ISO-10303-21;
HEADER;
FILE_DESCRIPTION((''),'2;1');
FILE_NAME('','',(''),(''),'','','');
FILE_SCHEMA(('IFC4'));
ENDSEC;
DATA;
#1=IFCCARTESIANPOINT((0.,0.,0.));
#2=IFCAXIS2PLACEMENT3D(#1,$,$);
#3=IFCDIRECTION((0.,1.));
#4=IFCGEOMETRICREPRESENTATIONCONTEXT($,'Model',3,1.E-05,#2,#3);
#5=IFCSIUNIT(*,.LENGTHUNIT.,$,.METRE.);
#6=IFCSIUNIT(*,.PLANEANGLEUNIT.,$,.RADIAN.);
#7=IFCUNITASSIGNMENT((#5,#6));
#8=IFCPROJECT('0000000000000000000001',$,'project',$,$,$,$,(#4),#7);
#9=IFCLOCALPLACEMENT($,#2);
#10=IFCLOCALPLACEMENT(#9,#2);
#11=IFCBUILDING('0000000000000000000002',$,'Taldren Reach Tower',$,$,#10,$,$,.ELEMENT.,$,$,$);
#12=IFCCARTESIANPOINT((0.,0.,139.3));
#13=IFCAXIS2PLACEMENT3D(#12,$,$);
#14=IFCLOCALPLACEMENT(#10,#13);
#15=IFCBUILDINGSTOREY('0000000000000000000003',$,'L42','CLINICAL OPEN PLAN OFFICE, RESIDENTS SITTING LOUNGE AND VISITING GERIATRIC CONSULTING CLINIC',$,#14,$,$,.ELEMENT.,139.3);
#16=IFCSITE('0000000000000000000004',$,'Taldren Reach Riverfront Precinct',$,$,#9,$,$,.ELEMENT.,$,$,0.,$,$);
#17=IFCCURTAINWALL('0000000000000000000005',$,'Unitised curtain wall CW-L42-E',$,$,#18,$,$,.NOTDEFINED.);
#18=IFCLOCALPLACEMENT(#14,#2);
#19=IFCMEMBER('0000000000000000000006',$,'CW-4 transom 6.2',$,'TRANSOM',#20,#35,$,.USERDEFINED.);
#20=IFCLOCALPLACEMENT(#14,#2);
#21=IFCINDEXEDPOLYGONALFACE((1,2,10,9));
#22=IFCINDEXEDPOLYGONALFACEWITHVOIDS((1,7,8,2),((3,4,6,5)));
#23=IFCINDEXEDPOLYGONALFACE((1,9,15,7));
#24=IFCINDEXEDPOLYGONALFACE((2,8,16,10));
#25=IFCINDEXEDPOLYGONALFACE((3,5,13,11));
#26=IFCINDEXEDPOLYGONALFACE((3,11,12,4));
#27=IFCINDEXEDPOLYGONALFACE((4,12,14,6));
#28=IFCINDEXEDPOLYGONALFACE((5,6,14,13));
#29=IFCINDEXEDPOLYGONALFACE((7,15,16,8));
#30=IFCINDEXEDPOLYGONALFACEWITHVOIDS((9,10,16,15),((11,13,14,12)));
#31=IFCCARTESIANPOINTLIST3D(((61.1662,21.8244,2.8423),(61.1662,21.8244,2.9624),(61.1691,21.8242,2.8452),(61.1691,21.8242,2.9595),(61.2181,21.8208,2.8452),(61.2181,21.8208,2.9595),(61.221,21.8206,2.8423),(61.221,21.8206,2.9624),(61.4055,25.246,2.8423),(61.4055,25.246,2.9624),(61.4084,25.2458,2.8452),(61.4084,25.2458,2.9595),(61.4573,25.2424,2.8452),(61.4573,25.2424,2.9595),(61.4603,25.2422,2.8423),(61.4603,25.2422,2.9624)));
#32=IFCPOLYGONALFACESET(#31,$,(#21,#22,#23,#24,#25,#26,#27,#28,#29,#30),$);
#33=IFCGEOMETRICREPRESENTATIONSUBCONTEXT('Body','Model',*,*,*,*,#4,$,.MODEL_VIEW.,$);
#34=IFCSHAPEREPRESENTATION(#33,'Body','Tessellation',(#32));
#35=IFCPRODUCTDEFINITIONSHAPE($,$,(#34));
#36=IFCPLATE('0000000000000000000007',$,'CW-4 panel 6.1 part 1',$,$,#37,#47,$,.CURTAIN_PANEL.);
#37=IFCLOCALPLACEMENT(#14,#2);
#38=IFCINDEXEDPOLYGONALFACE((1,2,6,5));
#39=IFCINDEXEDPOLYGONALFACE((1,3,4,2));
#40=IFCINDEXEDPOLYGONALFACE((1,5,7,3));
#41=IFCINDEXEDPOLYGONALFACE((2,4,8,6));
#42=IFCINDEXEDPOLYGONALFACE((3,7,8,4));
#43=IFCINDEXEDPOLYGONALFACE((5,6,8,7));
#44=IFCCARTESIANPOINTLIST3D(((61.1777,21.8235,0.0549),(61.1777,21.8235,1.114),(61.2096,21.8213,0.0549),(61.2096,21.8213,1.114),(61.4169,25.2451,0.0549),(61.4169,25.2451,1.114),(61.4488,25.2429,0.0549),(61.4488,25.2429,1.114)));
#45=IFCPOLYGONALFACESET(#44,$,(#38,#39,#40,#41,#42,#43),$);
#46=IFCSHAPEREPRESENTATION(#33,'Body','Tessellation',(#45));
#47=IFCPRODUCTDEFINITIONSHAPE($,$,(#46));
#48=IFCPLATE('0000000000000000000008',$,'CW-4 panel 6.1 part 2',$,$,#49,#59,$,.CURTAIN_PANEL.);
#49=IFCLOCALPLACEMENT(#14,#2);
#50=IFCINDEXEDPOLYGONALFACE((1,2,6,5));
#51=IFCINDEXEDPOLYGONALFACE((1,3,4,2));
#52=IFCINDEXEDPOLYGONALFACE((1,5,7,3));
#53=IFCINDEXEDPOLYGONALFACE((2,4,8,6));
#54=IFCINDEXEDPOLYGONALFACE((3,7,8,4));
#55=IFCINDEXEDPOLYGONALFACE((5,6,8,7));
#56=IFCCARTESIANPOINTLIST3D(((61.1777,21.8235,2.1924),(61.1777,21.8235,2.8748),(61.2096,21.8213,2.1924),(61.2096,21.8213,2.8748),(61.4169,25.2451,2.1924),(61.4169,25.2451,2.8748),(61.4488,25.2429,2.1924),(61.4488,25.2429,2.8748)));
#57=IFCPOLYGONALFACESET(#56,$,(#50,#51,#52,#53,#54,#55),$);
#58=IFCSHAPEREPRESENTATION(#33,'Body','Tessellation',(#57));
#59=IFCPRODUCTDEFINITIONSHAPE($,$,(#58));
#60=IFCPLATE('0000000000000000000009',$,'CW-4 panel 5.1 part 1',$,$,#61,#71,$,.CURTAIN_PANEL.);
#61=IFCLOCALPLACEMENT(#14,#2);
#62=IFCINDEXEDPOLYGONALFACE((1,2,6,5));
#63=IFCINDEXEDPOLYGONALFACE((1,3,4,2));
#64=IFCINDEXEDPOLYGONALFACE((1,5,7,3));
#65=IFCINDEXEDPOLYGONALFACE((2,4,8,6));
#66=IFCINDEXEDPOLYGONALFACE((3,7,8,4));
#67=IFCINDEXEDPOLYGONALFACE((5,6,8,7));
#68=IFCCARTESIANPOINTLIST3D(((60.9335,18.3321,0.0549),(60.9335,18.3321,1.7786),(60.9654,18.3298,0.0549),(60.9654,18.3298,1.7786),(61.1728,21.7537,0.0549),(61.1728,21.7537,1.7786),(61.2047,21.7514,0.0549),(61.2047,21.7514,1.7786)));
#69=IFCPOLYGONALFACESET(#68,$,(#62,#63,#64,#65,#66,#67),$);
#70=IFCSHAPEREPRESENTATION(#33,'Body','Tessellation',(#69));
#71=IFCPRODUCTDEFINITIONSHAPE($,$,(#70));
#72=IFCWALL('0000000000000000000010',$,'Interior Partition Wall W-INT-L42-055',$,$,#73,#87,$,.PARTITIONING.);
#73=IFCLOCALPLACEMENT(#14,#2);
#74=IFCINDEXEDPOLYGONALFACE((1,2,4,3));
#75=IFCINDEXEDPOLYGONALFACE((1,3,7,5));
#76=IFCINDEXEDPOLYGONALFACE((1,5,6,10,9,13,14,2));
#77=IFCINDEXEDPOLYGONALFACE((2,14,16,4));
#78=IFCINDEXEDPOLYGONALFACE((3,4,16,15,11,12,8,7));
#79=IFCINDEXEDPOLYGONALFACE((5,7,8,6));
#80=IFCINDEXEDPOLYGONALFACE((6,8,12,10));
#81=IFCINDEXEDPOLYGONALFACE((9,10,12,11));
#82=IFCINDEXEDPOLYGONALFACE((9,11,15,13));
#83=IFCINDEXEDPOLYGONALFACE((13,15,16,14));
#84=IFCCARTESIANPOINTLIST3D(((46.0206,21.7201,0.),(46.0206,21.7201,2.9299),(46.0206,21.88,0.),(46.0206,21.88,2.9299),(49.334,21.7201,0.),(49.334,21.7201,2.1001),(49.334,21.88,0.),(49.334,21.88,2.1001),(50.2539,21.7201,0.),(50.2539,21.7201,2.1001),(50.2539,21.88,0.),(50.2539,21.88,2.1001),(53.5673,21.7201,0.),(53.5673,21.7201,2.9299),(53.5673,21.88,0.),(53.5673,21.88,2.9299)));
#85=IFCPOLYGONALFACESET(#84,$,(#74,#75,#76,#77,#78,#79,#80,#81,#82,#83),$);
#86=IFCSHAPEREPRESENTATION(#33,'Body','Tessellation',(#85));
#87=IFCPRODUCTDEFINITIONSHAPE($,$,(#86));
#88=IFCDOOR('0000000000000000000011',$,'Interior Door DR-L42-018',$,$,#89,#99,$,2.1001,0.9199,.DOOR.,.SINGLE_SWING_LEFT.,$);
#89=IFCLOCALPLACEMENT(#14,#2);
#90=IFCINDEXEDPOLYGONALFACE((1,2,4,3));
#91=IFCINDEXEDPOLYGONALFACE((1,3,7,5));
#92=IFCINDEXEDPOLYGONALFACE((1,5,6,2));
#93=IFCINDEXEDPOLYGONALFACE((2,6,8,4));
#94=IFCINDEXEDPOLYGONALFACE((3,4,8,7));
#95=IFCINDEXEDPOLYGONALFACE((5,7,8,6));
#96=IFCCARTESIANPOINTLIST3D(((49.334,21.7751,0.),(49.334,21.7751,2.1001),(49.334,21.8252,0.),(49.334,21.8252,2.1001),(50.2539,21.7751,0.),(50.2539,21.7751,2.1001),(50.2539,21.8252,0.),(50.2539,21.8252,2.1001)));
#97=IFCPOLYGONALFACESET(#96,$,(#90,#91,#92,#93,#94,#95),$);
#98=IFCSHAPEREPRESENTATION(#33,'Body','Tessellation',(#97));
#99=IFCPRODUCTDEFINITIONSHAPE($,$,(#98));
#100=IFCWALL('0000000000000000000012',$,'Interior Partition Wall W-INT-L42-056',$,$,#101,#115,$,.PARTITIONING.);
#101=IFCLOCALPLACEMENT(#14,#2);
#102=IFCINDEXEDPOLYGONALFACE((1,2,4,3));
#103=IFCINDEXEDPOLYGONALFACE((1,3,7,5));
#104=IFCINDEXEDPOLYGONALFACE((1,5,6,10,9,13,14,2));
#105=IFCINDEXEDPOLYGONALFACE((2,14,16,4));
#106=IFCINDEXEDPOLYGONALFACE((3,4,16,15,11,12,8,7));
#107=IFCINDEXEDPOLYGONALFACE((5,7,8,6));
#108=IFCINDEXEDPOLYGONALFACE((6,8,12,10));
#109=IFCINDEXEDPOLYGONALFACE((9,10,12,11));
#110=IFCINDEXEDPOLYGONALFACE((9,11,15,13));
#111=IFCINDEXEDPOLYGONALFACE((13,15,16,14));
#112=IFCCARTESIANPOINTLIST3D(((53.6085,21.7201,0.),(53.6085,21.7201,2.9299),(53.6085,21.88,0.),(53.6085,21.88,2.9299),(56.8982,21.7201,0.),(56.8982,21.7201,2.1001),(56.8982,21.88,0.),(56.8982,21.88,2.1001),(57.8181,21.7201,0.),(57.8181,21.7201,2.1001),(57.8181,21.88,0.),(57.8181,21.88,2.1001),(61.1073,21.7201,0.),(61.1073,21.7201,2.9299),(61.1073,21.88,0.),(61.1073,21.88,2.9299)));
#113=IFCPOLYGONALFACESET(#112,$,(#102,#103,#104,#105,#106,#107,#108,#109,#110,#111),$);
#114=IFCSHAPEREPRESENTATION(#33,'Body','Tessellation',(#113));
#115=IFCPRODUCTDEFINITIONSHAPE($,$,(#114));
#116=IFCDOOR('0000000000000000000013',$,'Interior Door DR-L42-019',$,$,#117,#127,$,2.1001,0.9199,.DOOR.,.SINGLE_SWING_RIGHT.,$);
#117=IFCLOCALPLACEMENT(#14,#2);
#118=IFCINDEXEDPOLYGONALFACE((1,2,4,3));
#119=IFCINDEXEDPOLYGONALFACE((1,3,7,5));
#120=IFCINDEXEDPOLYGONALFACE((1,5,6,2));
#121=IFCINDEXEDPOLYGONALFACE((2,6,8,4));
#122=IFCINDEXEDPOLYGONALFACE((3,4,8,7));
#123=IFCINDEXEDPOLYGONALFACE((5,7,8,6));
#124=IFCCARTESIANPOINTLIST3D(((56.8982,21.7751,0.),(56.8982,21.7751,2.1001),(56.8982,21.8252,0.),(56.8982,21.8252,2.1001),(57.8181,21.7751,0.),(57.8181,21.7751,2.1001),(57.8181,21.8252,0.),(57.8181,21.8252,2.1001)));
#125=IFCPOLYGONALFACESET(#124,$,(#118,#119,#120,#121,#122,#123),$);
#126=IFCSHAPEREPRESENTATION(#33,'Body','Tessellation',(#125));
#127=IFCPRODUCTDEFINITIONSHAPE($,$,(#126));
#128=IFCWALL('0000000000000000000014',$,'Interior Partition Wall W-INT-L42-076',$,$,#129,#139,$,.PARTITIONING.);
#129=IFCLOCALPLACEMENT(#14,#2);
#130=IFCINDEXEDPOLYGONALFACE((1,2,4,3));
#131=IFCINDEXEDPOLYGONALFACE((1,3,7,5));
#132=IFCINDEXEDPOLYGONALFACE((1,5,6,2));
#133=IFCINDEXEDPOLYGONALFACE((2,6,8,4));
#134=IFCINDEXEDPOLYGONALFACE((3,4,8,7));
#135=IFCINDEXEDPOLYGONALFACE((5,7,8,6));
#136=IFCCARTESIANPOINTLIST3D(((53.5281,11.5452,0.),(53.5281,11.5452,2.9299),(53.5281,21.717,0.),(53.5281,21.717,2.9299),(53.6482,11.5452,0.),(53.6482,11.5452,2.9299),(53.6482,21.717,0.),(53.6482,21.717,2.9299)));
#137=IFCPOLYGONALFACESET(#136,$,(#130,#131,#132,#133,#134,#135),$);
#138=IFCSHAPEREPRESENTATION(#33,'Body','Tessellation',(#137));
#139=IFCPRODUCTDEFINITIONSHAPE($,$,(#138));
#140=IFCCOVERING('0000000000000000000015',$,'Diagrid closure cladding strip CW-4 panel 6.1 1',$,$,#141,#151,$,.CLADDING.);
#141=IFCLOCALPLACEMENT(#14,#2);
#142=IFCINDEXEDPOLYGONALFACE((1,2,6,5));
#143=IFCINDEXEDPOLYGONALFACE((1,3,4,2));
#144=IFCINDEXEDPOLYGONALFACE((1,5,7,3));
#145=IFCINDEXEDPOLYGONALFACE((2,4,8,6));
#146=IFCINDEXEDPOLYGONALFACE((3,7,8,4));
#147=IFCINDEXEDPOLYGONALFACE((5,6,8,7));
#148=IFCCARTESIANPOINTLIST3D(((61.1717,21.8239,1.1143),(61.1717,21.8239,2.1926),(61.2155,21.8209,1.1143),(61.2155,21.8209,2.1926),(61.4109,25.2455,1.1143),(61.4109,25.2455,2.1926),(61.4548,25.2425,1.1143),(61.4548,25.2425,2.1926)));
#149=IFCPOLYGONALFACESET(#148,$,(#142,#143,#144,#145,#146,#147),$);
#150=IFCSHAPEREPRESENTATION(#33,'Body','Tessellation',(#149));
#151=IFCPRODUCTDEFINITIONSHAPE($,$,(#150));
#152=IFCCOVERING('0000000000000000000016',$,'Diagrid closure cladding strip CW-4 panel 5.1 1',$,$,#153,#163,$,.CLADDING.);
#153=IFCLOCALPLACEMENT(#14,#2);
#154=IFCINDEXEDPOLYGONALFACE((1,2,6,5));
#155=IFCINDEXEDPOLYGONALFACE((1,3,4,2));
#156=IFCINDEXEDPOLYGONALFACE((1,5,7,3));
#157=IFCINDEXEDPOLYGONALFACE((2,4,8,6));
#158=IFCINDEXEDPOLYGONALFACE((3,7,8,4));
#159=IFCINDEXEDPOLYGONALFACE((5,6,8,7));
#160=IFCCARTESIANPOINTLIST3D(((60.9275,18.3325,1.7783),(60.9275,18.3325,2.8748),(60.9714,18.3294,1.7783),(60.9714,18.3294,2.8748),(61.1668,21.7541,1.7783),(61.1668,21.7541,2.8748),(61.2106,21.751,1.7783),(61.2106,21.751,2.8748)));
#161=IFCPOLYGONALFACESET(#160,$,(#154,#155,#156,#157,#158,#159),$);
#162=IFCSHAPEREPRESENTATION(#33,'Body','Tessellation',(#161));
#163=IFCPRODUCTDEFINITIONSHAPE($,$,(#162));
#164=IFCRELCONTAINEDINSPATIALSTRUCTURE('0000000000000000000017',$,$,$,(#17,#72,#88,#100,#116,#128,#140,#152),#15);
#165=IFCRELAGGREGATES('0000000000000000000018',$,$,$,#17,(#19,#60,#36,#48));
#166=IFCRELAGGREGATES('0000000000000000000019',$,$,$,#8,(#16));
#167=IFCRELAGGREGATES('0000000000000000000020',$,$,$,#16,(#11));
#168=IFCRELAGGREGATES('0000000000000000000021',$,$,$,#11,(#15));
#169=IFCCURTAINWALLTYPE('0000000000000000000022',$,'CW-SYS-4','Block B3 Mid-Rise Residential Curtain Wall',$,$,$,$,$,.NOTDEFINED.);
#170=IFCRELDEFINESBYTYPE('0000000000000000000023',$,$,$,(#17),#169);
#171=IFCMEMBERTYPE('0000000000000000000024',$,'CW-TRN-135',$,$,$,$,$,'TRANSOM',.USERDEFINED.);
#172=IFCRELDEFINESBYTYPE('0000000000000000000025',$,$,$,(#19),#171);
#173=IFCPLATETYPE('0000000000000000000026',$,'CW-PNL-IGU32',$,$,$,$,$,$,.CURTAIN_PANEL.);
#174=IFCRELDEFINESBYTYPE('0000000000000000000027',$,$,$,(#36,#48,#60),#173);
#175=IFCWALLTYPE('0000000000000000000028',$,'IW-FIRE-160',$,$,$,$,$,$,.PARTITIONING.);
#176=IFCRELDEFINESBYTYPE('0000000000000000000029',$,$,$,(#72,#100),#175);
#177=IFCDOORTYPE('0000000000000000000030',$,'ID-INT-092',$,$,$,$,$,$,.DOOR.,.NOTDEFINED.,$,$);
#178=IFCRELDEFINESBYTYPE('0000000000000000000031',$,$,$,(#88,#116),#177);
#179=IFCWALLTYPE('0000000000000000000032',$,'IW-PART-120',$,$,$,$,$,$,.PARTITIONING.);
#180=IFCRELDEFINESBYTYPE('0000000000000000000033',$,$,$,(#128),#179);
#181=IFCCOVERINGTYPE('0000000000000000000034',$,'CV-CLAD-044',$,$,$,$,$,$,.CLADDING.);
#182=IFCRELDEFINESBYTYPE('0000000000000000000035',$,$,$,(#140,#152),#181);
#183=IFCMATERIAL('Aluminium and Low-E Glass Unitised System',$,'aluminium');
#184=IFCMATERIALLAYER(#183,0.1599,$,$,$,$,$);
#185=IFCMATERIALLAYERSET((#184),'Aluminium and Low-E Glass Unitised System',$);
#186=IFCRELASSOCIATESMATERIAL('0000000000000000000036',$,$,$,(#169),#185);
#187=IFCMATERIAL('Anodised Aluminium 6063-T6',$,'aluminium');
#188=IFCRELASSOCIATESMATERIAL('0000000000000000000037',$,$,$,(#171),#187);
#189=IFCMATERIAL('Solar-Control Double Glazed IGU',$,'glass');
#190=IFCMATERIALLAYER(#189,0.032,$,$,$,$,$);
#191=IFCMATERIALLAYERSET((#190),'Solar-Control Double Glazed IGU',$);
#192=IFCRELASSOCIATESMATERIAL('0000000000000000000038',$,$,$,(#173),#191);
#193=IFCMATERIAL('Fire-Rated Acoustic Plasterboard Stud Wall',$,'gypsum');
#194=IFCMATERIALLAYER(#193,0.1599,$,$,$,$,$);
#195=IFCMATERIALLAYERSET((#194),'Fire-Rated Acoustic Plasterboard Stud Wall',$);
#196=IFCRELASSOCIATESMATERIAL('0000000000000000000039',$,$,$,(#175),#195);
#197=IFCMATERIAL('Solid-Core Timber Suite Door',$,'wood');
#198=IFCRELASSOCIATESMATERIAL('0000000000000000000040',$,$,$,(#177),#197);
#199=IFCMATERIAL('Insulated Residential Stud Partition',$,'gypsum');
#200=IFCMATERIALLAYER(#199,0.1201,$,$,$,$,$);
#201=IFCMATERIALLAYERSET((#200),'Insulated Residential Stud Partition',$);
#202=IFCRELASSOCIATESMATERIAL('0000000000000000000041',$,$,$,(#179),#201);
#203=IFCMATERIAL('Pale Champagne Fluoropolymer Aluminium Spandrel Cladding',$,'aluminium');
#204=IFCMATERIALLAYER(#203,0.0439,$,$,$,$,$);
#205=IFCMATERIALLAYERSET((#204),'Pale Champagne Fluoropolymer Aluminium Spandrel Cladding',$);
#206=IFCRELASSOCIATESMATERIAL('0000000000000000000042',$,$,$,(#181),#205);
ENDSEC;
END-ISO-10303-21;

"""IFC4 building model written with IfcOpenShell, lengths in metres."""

from ifc_helpers import new_model, si_unit, direction, frame, frame_2d, origin, origin_2d, place, context, subcontext, project, spatial, rectangle, hollow_rectangle, extrude, source, transform, mapped, material, layer, layer_set, material_profile, profile_set, type_object, element, fill, aggregate, save


model = new_model("IFC4")

# Units and contexts
model_context = context("Model", 3, precision=1e-05, world=origin(), true_north=direction((0.0, 1.0)))
body_context = subcontext(model_context, "Body", "Model", "MODEL_VIEW")
ifc_project = project(units=[si_unit("LENGTHUNIT", "METRE"), si_unit("PLANEANGLEUNIT", "RADIAN")], contexts=[model_context])

# Site, building, storey
site_placement = place(None, origin())
site = spatial("IfcSite", under=ifc_project, at=site_placement, Name="Taldren Reach Riverfront Precinct", CompositionType="ELEMENT", RefElevation=0.0)
building_placement = place(site_placement, origin())
building = spatial("IfcBuilding", under=site, at=building_placement, Name="Taldren Reach Tower", CompositionType="ELEMENT")
storey_placement = place(building_placement, frame((0.0, 0.0, 139.3)))
storey = spatial("IfcBuildingStorey", under=building, at=storey_placement, Name="L42", Description="CLINICAL OPEN PLAN OFFICE, RESIDENTS SITTING LOUNGE AND VISITING GERIATRIC CONSULTING CLINIC", CompositionType="ELEMENT", Elevation=139.3)

# Curtain wall, member, plates
ifc_material_1 = material(Name="Aluminium and Low-E Glass Unitised System", Category="aluminium")
ifc_layer_1 = layer(ifc_material_1, 0.1599)
ifc_layer_set_1 = layer_set([ifc_layer_1], Name="Aluminium and Low-E Glass Unitised System")
curtain_wall_type = type_object("IfcCurtainWallType", Name="CW-SYS-4", Description="Block B3 Mid-Rise Residential Curtain Wall", PredefinedType="NOTDEFINED", material=ifc_layer_set_1)
curtain_wall_placement = place(storey_placement, origin())
curtain_wall = element("IfcCurtainWall", 1, at=curtain_wall_placement, inside=storey, type_object=curtain_wall_type, Name="Unitised curtain wall CW-L42-E", PredefinedType="NOTDEFINED")
ifc_material_2 = material(Name="Anodised Aluminium 6063-T6", Category="aluminium")
ifc_material_profile_1 = material_profile(ifc_material_2, hollow_rectangle(XDim=0.0549, YDim=0.1201, WallThickness=0.0029, at=origin_2d()), Name="ALU-120x55x3RHS")
ifc_profile_set_1 = profile_set([ifc_material_profile_1], Name="Anodised Aluminium 6063-T6")
member_type_1 = type_object("IfcMemberType", Name="CW-TRN-135", ElementType="TRANSOM", PredefinedType="USERDEFINED", material=ifc_profile_set_1)
shared_shape_1 = source(origin(), body_context, "Body", "SweptSolid", [
    extrude(hollow_rectangle(XDim=0.0549, YDim=0.1201, WallThickness=0.0029, at=origin_2d()), origin(), (0.0, 0.0, 1.0), 3.4299),
])
member_1_placement = place(storey_placement, frame((61.1936, 21.8225, 2.9023), z_axis=(0.069755, 0.997564, 0.0), x_axis=(-0.997564, 0.069755, 0.0)))
member_1 = element("IfcMember", 2, at=member_1_placement, type_object=member_type_1, Name="CW-4 transom 6.2", ObjectType="TRANSOM", PredefinedType="USERDEFINED", context=body_context, shape_type="MappedRepresentation", body=[
    mapped(shared_shape_1, transform((0.0, 0.0, 0.0), scale=1.0)),
])
ifc_material_3 = material(Name="Solar-Control Double Glazed IGU", Category="glass")
ifc_layer_2 = layer(ifc_material_3, 0.032)
ifc_layer_set_2 = layer_set([ifc_layer_2], Name="Solar-Control Double Glazed IGU")
plate_type = type_object("IfcPlateType", Name="CW-PNL-IGU32", PredefinedType="CURTAIN_PANEL", material=ifc_layer_set_2)
shared_shape_2 = source(origin(), body_context, "Body", "SweptSolid", [
    extrude(rectangle(XDim=3.4299, YDim=0.032, at=origin_2d()), origin(), (0.0, 0.0, 1.0), 1.0591),
])
plate_1_placement = place(storey_placement, frame((61.3132, 23.5332, 0.0549), z_axis=(0.0, 0.0, 1.0), x_axis=(0.069756, 0.997564, 0.0)))
plate_1 = element("IfcPlate", 3, at=plate_1_placement, type_object=plate_type, Name="CW-4 panel 6.1 part 1", PredefinedType="CURTAIN_PANEL", context=body_context, shape_type="MappedRepresentation", body=[
    mapped(shared_shape_2, transform((0.0, 0.0, 0.0), scale=1.0)),
])
shared_shape_3 = source(origin(), body_context, "Body", "SweptSolid", [
    extrude(rectangle(XDim=3.4299, YDim=0.032, at=origin_2d()), origin(), (0.0, 0.0, 1.0), 0.6824),
])
plate_2_placement = place(storey_placement, frame((61.3132, 23.5332, 2.1924), z_axis=(0.0, 0.0, 1.0), x_axis=(0.069756, 0.997564, 0.0)))
plate_2 = element("IfcPlate", 4, at=plate_2_placement, type_object=plate_type, Name="CW-4 panel 6.1 part 2", PredefinedType="CURTAIN_PANEL", context=body_context, shape_type="MappedRepresentation", body=[
    mapped(shared_shape_3, transform((0.0, 0.0, 0.0), scale=1.0)),
])
shared_shape_4 = source(origin(), body_context, "Body", "SweptSolid", [
    extrude(rectangle(XDim=3.4299, YDim=0.032, at=origin_2d()), origin(), (0.0, 0.0, 1.0), 1.7236),
])
plate_3_placement = place(storey_placement, frame((61.0691, 20.0417, 0.0549), z_axis=(0.0, 0.0, 1.0), x_axis=(0.069756, 0.997564, 0.0)))
plate_3 = element("IfcPlate", 5, at=plate_3_placement, type_object=plate_type, Name="CW-4 panel 5.1 part 1", PredefinedType="CURTAIN_PANEL", context=body_context, shape_type="MappedRepresentation", body=[
    mapped(shared_shape_4, transform((0.0, 0.0, 0.0), scale=1.0)),
])
aggregate(curtain_wall, [member_1, plate_3, plate_1, plate_2])

# Walls, openings, doors
ifc_material_4 = material(Name="Fire-Rated Acoustic Plasterboard Stud Wall", Category="gypsum")
ifc_layer_3 = layer(ifc_material_4, 0.1599)
ifc_layer_set_3 = layer_set([ifc_layer_3], Name="Fire-Rated Acoustic Plasterboard Stud Wall")
wall_type_1 = type_object("IfcWallType", Name="IW-FIRE-160", PredefinedType="PARTITIONING", material=ifc_layer_set_3)
shared_shape_5 = source(origin(), body_context, "Body", "SweptSolid", [
    extrude(rectangle(XDim=7.5466, YDim=0.1599, at=frame_2d((3.7734, 0.0))), origin(), (0.0, 0.0, 1.0), 2.9299),
])
wall_1_placement = place(storey_placement, frame((53.5674, 21.8, 0.0), z_axis=(0.0, 0.0, 1.0), x_axis=(-1.0, 0.0, 0.0)))
wall_1 = element("IfcWall", 6, at=wall_1_placement, inside=storey, type_object=wall_type_1, Name="Interior Partition Wall W-INT-L42-055", PredefinedType="PARTITIONING", context=body_context, shape_type="MappedRepresentation", body=[
    mapped(shared_shape_5, transform((0.0, 0.0, 0.0), scale=1.0)),
])
shared_shape_6 = source(origin(), body_context, "Body", "SweptSolid", [
    extrude(rectangle(XDim=0.9199, YDim=2.1001, at=frame_2d((0.46, 1.05))), frame((0.0, 0.0898, 0.0), z_axis=(0.0, -1.0, 0.0), x_axis=(1.0, 0.0, 0.0)), (0.0, 0.0, 1.0), 0.1799),
])
opening_1_placement = place(wall_1_placement, frame((3.3135, 0.0, 0.0)))
opening_1 = element("IfcOpeningElement", 7, at=opening_1_placement, cuts=wall_1, PredefinedType="OPENING", context=body_context, shape_type="MappedRepresentation", body=[
    mapped(shared_shape_6, transform((0.0, 0.0, 0.0), scale=1.0)),
])
ifc_material_5 = material(Name="Solid-Core Timber Suite Door", Category="wood")
door_type = type_object("IfcDoorType", Name="ID-INT-092", OperationType="NOTDEFINED", PredefinedType="DOOR", material=ifc_material_5)
shared_shape_7 = source(origin(), body_context, "Body", "SweptSolid", [
    extrude(rectangle(XDim=0.9199, YDim=2.1001, at=frame_2d((0.46, 1.05))), frame((0.0, 0.0249, 0.0), z_axis=(0.0, -1.0, 0.0), x_axis=(1.0, 0.0, 0.0)), (0.0, 0.0, 1.0), 0.05),
])
door_1_placement = place(opening_1_placement, origin())
door_1 = element("IfcDoor", 8, at=door_1_placement, inside=storey, type_object=door_type, Name="Interior Door DR-L42-018", OperationType="SINGLE_SWING_LEFT", OverallHeight=2.1001, OverallWidth=0.9199, PredefinedType="DOOR", context=body_context, shape_type="MappedRepresentation", body=[
    mapped(shared_shape_7, transform((0.0, 0.0, 0.0), scale=1.0)),
])
fill(opening_1, door_1)
shared_shape_8 = source(origin(), body_context, "Body", "SweptSolid", [
    extrude(rectangle(XDim=7.4988, YDim=0.1599, at=frame_2d((3.7495, 0.0))), origin(), (0.0, 0.0, 1.0), 2.9299),
])
wall_2_placement = place(storey_placement, frame((61.1074, 21.8, 0.0), z_axis=(0.0, 0.0, 1.0), x_axis=(-1.0, 0.0, 0.0)))
wall_2 = element("IfcWall", 9, at=wall_2_placement, inside=storey, type_object=wall_type_1, Name="Interior Partition Wall W-INT-L42-056", PredefinedType="PARTITIONING", context=body_context, shape_type="MappedRepresentation", body=[
    mapped(shared_shape_8, transform((0.0, 0.0, 0.0), scale=1.0)),
])
opening_2_placement = place(wall_2_placement, frame((3.2893, 0.0, 0.0)))
opening_2 = element("IfcOpeningElement", 10, at=opening_2_placement, cuts=wall_2, PredefinedType="OPENING", context=body_context, shape_type="MappedRepresentation", body=[
    mapped(shared_shape_6, transform((0.0, 0.0, 0.0), scale=1.0)),
])
door_2_placement = place(opening_2_placement, origin())
door_2 = element("IfcDoor", 11, at=door_2_placement, inside=storey, type_object=door_type, Name="Interior Door DR-L42-019", OperationType="SINGLE_SWING_RIGHT", OverallHeight=2.1001, OverallWidth=0.9199, PredefinedType="DOOR", context=body_context, shape_type="MappedRepresentation", body=[
    mapped(shared_shape_7, transform((0.0, 0.0, 0.0), scale=1.0)),
])
fill(opening_2, door_2)

# Wall
ifc_material_6 = material(Name="Insulated Residential Stud Partition", Category="gypsum")
ifc_layer_4 = layer(ifc_material_6, 0.1201)
ifc_layer_set_4 = layer_set([ifc_layer_4], Name="Insulated Residential Stud Partition")
wall_type_2 = type_object("IfcWallType", Name="IW-PART-120", PredefinedType="PARTITIONING", material=ifc_layer_set_4)
shared_shape_9 = source(origin(), body_context, "Body", "SweptSolid", [
    extrude(rectangle(XDim=10.1719, YDim=0.1201, at=frame_2d((5.0859, 0.0))), origin(), (0.0, 0.0, 1.0), 2.9299),
])
wall_3_placement = place(storey_placement, frame((53.5881, 21.717, 0.0), z_axis=(0.0, 0.0, 1.0), x_axis=(0.0, -1.0, 0.0)))
element("IfcWall", 12, at=wall_3_placement, inside=storey, type_object=wall_type_2, Name="Interior Partition Wall W-INT-L42-076", PredefinedType="PARTITIONING", context=body_context, shape_type="MappedRepresentation", body=[
    mapped(shared_shape_9, transform((0.0, 0.0, 0.0), scale=1.0)),
])

# Coverings
ifc_material_7 = material(Name="Pale Champagne Fluoropolymer Aluminium Spandrel Cladding", Category="aluminium")
ifc_layer_5 = layer(ifc_material_7, 0.0439)
ifc_layer_set_5 = layer_set([ifc_layer_5], Name="Pale Champagne Fluoropolymer Aluminium Spandrel Cladding")
covering_type = type_object("IfcCoveringType", Name="CV-CLAD-044", PredefinedType="CLADDING", material=ifc_layer_set_5)
shared_shape_10 = source(origin(), body_context, "Body", "SweptSolid", [
    extrude(rectangle(XDim=3.4299, YDim=0.0439, at=origin_2d()), origin(), (0.0, 0.0, 1.0), 1.0784),
])
covering_1_placement = place(storey_placement, frame((61.3132, 23.5332, 1.1143), z_axis=(0.0, 0.0, 1.0), x_axis=(0.069756, 0.997564, 0.0)))
element("IfcCovering", 13, at=covering_1_placement, inside=storey, type_object=covering_type, Name="Diagrid closure cladding strip CW-4 panel 6.1 1", PredefinedType="CLADDING", context=body_context, shape_type="MappedRepresentation", body=[
    mapped(shared_shape_10, transform((0.0, 0.0, 0.0), scale=1.0)),
])
shared_shape_11 = source(origin(), body_context, "Body", "SweptSolid", [
    extrude(rectangle(XDim=3.4299, YDim=0.0439, at=origin_2d()), origin(), (0.0, 0.0, 1.0), 1.0964),
])
covering_2_placement = place(storey_placement, frame((61.0691, 20.0417, 1.7783), z_axis=(0.0, 0.0, 1.0), x_axis=(0.069756, 0.997564, 0.0)))
element("IfcCovering", 14, at=covering_2_placement, inside=storey, type_object=covering_type, Name="Diagrid closure cladding strip CW-4 panel 5.1 1", PredefinedType="CLADDING", context=body_context, shape_type="MappedRepresentation", body=[
    mapped(shared_shape_11, transform((0.0, 0.0, 0.0), scale=1.0)),
])

save(model, "model.ifc")
